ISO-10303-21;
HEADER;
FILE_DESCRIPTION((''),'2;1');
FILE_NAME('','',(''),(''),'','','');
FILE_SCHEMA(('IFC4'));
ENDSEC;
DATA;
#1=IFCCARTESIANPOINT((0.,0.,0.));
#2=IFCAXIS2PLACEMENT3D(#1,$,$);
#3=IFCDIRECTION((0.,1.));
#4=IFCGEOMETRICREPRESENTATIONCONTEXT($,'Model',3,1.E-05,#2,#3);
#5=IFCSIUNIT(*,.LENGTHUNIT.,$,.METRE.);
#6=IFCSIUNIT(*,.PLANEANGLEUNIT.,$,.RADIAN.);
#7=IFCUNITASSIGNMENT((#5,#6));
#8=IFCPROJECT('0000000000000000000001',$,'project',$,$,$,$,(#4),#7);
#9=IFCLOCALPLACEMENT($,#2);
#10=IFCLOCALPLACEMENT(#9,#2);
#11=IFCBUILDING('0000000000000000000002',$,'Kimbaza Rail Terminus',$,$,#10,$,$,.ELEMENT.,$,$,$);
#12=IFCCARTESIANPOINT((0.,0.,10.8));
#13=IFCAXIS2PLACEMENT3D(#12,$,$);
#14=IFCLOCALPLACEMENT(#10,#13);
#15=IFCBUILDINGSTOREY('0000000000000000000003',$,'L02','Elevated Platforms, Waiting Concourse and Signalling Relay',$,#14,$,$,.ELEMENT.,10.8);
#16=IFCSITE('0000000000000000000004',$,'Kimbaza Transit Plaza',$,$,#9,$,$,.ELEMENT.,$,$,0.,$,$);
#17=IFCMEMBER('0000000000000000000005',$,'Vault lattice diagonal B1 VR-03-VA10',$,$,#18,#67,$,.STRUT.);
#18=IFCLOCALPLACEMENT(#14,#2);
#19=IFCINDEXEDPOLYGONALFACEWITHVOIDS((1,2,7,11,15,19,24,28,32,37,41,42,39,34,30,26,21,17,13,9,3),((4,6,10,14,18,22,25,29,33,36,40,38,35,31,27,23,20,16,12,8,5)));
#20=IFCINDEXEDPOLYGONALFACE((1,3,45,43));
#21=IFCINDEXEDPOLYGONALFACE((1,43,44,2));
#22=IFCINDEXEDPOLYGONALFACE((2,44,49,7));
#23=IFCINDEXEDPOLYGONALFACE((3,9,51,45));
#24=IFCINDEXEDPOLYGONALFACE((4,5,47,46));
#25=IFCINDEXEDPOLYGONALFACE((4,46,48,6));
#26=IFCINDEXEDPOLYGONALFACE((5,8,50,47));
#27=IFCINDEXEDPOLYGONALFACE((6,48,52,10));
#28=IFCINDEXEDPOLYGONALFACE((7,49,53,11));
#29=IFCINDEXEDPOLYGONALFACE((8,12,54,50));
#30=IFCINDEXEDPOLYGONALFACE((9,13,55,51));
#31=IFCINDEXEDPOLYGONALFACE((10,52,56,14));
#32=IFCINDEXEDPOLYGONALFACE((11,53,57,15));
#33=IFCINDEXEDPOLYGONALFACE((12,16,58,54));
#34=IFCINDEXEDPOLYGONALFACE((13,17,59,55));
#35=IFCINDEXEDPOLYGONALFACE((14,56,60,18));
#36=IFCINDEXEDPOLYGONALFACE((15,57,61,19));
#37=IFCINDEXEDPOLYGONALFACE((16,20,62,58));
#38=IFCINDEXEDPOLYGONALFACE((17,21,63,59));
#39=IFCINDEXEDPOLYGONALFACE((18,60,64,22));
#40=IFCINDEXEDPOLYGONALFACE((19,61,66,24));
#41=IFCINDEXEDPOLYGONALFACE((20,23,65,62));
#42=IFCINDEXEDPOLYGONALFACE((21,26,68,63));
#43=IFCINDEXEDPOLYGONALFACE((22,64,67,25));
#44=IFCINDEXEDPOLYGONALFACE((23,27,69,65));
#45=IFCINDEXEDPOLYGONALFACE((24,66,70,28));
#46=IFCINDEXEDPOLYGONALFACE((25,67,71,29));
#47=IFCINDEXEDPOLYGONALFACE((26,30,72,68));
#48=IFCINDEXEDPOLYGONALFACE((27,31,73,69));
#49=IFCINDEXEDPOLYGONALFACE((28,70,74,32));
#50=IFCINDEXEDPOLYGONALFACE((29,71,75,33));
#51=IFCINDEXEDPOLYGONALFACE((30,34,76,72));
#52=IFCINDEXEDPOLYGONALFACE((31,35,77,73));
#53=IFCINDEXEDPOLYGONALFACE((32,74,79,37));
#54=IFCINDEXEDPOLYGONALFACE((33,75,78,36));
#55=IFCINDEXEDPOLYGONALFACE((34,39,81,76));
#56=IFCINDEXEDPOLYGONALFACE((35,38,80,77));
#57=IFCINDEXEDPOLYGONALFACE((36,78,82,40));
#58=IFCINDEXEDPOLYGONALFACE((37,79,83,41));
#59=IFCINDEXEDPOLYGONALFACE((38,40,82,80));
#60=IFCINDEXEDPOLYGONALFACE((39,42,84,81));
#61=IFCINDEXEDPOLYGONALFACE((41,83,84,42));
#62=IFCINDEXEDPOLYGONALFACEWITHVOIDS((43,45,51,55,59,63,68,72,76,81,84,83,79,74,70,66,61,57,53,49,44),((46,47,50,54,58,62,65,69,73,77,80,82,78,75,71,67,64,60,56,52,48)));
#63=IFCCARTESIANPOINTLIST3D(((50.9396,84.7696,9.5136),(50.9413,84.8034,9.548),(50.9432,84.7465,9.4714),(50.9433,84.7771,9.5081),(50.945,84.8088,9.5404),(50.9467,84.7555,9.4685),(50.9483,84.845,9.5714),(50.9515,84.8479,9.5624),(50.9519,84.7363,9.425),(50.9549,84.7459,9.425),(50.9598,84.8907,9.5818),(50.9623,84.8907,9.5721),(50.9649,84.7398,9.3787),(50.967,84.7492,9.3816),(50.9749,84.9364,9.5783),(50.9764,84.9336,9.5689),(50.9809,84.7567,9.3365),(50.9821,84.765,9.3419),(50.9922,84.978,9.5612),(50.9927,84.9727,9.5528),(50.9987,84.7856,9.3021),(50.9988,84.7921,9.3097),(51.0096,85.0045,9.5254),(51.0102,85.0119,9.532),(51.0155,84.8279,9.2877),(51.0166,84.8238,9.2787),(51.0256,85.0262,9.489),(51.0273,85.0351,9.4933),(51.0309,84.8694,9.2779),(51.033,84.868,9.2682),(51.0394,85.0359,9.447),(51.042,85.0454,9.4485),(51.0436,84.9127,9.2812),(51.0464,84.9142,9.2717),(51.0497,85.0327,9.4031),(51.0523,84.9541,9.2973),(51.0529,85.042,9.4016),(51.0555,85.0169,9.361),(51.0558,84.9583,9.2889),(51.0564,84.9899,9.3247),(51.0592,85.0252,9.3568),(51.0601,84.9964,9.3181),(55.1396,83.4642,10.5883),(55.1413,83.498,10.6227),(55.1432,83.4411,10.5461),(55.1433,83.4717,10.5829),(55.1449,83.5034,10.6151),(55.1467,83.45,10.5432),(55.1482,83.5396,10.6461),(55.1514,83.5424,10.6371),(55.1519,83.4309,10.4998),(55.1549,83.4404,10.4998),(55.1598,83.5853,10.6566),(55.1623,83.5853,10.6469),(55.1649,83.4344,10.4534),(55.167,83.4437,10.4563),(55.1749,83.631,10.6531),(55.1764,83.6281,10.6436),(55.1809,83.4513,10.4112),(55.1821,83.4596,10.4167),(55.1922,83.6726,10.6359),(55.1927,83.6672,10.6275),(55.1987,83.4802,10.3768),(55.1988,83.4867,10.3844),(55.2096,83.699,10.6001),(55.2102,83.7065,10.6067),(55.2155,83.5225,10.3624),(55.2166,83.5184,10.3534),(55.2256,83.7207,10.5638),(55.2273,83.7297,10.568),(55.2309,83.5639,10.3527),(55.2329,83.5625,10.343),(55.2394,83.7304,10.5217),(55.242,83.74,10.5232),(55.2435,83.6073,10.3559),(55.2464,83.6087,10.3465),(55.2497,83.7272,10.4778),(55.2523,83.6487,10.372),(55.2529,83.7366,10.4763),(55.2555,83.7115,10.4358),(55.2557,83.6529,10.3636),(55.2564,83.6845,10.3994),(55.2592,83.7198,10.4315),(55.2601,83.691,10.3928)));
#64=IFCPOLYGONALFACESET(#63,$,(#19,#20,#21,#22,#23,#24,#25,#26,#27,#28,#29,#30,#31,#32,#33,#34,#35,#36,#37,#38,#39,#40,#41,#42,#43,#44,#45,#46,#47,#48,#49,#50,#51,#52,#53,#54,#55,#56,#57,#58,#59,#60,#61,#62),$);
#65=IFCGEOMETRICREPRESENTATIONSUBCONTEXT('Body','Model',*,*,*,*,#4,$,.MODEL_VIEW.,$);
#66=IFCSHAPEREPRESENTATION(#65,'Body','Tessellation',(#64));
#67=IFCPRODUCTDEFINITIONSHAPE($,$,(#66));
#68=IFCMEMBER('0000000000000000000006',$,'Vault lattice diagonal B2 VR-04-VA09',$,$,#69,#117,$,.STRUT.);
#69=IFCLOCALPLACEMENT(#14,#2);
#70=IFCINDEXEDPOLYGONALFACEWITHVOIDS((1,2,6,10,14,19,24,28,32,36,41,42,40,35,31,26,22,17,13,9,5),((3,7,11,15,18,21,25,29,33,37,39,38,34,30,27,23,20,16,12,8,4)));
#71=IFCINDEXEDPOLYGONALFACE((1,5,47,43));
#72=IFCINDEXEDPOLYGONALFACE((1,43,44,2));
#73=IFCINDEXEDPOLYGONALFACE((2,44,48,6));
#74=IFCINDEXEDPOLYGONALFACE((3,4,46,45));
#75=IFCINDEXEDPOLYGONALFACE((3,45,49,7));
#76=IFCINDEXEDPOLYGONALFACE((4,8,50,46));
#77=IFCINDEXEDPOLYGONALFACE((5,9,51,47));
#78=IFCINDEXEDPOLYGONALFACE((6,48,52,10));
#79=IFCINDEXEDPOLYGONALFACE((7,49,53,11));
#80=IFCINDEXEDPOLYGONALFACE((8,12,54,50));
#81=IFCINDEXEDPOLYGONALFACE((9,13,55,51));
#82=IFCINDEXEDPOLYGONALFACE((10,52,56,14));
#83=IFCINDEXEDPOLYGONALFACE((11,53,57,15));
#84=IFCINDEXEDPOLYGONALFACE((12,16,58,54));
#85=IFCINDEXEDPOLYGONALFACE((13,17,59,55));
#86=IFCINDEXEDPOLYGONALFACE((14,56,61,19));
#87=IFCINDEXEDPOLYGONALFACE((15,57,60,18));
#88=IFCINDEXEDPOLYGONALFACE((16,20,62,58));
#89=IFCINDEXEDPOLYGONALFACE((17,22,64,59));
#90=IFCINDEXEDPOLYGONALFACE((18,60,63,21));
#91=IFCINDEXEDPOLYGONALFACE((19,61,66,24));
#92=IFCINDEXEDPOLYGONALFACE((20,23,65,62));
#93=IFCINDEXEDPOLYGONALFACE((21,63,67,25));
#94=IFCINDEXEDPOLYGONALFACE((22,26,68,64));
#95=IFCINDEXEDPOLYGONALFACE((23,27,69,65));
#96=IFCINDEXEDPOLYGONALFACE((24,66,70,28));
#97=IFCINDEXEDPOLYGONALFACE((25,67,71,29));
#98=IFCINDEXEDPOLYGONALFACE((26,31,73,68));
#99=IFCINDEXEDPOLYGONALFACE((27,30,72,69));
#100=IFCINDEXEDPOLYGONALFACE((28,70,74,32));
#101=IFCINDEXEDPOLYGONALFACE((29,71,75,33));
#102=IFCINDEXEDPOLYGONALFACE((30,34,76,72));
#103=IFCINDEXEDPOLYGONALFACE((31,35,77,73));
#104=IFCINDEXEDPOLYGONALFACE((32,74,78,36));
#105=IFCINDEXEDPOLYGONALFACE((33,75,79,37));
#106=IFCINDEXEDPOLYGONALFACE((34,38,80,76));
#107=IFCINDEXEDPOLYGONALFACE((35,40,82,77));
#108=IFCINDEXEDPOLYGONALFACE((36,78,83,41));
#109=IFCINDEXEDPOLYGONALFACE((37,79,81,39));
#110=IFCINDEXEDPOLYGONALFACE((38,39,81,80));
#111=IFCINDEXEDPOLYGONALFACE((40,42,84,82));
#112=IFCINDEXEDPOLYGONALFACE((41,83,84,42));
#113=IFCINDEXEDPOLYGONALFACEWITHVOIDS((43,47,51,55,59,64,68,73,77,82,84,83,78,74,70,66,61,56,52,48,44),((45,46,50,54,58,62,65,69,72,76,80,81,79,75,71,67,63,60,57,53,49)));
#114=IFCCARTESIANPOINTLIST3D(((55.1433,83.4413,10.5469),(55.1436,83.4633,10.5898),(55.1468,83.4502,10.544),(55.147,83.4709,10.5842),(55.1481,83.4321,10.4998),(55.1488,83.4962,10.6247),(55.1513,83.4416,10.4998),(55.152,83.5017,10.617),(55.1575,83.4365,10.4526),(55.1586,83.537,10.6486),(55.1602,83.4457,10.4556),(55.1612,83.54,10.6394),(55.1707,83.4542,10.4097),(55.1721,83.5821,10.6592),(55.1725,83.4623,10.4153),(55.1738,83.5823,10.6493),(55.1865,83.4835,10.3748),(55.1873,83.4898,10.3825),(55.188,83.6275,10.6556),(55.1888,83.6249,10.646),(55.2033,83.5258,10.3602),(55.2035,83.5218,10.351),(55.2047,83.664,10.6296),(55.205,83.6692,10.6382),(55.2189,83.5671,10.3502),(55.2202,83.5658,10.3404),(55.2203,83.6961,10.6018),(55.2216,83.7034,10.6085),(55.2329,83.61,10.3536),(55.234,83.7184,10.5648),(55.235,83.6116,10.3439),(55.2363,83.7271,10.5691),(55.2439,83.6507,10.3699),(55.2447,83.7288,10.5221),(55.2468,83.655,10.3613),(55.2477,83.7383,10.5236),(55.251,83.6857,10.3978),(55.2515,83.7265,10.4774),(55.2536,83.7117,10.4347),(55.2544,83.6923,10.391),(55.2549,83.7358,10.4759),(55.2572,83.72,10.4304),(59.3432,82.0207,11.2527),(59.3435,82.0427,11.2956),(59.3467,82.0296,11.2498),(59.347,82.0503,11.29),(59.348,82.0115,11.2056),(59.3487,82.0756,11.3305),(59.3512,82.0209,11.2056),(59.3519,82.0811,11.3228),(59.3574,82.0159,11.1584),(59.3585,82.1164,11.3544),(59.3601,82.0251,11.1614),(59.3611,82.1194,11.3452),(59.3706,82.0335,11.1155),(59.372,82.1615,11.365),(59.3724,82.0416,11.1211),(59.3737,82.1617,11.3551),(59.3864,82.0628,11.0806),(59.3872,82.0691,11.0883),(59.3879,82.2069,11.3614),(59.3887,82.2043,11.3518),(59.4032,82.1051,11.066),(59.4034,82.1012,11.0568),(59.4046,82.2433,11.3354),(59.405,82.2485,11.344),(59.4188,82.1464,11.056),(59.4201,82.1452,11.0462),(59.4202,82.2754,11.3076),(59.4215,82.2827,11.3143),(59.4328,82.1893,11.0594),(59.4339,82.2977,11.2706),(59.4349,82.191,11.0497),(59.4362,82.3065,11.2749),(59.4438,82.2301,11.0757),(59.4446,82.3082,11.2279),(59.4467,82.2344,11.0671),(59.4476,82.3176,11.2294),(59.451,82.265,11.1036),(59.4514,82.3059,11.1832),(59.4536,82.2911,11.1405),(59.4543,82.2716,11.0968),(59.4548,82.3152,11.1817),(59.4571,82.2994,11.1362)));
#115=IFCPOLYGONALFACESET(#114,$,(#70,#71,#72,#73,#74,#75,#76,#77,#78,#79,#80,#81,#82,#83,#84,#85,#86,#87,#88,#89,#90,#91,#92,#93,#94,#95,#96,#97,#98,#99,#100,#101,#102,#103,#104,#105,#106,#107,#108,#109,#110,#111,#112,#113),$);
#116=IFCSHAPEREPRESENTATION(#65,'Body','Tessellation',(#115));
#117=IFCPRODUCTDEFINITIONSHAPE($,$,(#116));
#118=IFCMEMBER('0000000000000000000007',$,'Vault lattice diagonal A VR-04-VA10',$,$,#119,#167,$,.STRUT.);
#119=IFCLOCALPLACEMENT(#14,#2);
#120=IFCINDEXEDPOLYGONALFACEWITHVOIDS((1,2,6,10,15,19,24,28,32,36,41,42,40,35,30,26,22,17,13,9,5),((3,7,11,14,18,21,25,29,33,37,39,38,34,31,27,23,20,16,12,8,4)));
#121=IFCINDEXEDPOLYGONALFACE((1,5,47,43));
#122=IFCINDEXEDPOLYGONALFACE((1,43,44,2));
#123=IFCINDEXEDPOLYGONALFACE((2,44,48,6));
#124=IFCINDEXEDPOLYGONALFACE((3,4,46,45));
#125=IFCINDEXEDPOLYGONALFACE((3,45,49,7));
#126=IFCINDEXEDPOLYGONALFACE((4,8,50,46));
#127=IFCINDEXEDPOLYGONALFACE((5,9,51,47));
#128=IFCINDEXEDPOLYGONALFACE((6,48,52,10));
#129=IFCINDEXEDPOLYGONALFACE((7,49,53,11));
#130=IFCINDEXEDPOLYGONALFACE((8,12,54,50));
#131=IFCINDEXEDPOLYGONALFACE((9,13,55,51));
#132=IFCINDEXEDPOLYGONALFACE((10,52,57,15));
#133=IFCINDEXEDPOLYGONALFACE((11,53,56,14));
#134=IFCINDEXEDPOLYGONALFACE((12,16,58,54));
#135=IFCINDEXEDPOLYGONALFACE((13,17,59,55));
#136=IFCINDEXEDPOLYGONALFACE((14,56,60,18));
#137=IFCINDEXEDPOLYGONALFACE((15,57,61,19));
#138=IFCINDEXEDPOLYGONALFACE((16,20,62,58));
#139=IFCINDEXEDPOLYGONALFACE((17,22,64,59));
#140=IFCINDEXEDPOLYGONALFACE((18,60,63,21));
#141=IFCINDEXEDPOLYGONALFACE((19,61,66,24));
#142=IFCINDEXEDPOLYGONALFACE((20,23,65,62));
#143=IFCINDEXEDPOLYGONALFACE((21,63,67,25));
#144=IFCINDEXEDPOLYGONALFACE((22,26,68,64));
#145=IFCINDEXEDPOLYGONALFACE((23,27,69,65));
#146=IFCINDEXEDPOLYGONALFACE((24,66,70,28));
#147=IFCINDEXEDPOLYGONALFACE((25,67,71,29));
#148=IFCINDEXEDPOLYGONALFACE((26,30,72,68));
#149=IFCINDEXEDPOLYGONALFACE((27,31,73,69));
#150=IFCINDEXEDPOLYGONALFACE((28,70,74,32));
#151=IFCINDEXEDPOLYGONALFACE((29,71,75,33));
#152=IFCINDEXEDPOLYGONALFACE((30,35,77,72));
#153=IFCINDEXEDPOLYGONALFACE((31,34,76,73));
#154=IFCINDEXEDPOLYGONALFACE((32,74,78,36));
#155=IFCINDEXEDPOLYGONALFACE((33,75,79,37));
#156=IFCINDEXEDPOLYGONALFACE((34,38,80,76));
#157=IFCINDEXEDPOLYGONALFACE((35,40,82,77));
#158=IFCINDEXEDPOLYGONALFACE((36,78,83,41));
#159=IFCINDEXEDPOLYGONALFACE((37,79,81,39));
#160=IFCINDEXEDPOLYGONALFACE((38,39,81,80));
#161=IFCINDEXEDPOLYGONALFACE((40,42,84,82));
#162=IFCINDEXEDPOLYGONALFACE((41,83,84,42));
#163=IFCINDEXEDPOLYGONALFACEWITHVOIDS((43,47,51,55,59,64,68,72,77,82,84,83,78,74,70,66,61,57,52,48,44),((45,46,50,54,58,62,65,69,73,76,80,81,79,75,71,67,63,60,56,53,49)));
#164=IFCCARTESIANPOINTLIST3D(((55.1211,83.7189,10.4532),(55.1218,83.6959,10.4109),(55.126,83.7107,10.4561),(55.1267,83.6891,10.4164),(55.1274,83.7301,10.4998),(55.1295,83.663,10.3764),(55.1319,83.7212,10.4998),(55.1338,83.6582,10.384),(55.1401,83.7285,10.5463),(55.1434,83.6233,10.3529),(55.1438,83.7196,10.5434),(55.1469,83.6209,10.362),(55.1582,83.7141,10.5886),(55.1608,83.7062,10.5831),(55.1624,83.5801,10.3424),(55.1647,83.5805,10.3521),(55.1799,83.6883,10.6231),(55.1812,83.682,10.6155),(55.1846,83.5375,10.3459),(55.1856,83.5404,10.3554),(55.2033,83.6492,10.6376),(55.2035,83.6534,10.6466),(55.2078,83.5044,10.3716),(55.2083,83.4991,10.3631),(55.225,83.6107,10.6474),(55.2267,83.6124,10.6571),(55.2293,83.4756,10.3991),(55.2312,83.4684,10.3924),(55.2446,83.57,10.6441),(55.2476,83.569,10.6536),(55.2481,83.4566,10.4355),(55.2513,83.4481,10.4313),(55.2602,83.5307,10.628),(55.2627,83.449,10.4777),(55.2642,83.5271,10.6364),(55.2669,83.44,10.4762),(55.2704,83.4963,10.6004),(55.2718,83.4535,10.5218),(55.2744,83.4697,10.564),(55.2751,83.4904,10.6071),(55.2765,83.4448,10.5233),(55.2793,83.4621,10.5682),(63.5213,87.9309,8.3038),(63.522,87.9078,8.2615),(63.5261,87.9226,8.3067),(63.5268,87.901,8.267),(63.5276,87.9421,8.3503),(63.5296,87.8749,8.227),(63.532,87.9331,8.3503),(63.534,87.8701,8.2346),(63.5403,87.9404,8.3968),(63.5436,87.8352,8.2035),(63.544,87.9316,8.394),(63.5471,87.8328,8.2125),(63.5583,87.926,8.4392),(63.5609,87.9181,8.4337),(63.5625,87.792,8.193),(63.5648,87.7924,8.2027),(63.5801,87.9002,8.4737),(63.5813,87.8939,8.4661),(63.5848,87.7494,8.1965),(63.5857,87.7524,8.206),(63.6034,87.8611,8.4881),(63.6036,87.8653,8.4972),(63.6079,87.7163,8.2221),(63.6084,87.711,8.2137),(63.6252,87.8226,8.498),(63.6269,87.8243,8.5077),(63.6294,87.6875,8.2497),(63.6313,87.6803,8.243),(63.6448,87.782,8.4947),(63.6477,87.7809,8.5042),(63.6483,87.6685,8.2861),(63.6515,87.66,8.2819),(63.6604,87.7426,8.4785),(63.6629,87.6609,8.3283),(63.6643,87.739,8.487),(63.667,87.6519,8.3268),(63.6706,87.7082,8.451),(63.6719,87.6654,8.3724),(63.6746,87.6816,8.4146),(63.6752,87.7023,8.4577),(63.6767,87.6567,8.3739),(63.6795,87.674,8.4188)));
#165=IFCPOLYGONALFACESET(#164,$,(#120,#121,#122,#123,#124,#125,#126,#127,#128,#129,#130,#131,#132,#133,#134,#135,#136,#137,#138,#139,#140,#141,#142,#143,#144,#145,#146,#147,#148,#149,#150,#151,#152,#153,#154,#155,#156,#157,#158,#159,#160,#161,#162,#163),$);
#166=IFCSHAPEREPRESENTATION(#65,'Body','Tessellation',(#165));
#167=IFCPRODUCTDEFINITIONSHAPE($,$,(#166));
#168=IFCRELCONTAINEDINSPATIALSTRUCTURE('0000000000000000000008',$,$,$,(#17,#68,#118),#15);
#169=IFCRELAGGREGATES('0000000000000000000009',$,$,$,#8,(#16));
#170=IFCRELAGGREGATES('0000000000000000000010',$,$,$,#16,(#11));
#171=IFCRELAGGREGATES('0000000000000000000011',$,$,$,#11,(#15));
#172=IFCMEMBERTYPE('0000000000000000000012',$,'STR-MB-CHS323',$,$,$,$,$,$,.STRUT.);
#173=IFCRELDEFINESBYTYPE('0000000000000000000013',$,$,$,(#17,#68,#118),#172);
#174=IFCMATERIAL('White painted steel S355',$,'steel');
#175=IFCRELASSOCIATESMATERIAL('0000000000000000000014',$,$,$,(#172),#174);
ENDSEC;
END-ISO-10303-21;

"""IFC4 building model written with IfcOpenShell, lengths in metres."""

from ifc_helpers import new_model, si_unit, direction, frame, origin, origin_2d, place, context, subcontext, project, spatial, hollow_circle, extrude, material, material_profile, profile_set, type_object, element, save


model = new_model("IFC4")

# Units and contexts
model_context = context("Model", 3, precision=1e-05, world=origin(), true_north=direction((0.0, 1.0)))
body_context = subcontext(model_context, "Body", "Model", "MODEL_VIEW")
ifc_project = project(units=[si_unit("LENGTHUNIT", "METRE"), si_unit("PLANEANGLEUNIT", "RADIAN")], contexts=[model_context])

# Site, building, storey
site_placement = place(None, origin())
site = spatial("IfcSite", under=ifc_project, at=site_placement, Name="Kimbaza Transit Plaza", CompositionType="ELEMENT", RefElevation=0.0)
building_placement = place(site_placement, origin())
building = spatial("IfcBuilding", under=site, at=building_placement, Name="Kimbaza Rail Terminus", CompositionType="ELEMENT")
storey_placement = place(building_placement, frame((0.0, 0.0, 10.8)))
storey = spatial("IfcBuildingStorey", under=building, at=storey_placement, Name="L02", Description="Elevated Platforms, Waiting Concourse and Signalling Relay", CompositionType="ELEMENT", Elevation=10.8)

# Members
ifc_material_1 = material(Name="White painted steel S355", Category="steel")
ifc_material_profile_1 = material_profile(ifc_material_1, hollow_circle(Radius=0.1619, WallThickness=0.01, at=origin_2d()), Name="CHS 323.9x10")
ifc_profile_set_1 = profile_set([ifc_material_profile_1], Name="White painted steel S355")
member_type_1 = type_object("IfcMemberType", Name="STR-MB-CHS323", PredefinedType="STRUT", material=ifc_profile_set_1)
member_1_placement = place(storey_placement, frame((55.2, 83.5854, 10.4998), z_axis=(-0.927643, 0.288328, -0.237371), x_axis=(-0.296811, -0.954936, 0.0)))
element("IfcMember", 1, at=member_1_placement, inside=storey, type_object=member_type_1, Name="Vault lattice diagonal B1 VR-03-VA10", PredefinedType="STRUT", context=body_context, shape_type="SweptSolid", body=[
    extrude(hollow_circle(Radius=0.1619, WallThickness=0.01, at=origin_2d()), origin(), (0.0, 0.0, 1.0), 4.5276),
])
member_2_placement = place(storey_placement, frame((59.3999, 82.1648, 11.2056), z_axis=(-0.935496, 0.316436, -0.157212), x_axis=(-0.320421, -0.947275, 0.0)))
element("IfcMember", 2, at=member_2_placement, inside=storey, type_object=member_type_1, Name="Vault lattice diagonal B2 VR-04-VA09", PredefinedType="STRUT", context=body_context, shape_type="SweptSolid", body=[
    extrude(hollow_circle(Radius=0.1619, WallThickness=0.01, at=origin_2d()), origin(), (0.0, 0.0, 1.0), 4.4895),
])
member_3_placement = place(storey_placement, frame((55.2, 83.5854, 10.4998), z_axis=(0.871417, 0.436937, -0.222977), x_axis=(-0.448221, 0.893923, 0.0)))
element("IfcMember", 3, at=member_3_placement, inside=storey, type_object=member_type_1, Name="Vault lattice diagonal A VR-04-VA10", PredefinedType="STRUT", context=body_context, shape_type="SweptSolid", body=[
    extrude(hollow_circle(Radius=0.1619, WallThickness=0.01, at=origin_2d()), origin(), (0.0, 0.0, 1.0), 9.6396),
])

save(model, "model.ifc")
